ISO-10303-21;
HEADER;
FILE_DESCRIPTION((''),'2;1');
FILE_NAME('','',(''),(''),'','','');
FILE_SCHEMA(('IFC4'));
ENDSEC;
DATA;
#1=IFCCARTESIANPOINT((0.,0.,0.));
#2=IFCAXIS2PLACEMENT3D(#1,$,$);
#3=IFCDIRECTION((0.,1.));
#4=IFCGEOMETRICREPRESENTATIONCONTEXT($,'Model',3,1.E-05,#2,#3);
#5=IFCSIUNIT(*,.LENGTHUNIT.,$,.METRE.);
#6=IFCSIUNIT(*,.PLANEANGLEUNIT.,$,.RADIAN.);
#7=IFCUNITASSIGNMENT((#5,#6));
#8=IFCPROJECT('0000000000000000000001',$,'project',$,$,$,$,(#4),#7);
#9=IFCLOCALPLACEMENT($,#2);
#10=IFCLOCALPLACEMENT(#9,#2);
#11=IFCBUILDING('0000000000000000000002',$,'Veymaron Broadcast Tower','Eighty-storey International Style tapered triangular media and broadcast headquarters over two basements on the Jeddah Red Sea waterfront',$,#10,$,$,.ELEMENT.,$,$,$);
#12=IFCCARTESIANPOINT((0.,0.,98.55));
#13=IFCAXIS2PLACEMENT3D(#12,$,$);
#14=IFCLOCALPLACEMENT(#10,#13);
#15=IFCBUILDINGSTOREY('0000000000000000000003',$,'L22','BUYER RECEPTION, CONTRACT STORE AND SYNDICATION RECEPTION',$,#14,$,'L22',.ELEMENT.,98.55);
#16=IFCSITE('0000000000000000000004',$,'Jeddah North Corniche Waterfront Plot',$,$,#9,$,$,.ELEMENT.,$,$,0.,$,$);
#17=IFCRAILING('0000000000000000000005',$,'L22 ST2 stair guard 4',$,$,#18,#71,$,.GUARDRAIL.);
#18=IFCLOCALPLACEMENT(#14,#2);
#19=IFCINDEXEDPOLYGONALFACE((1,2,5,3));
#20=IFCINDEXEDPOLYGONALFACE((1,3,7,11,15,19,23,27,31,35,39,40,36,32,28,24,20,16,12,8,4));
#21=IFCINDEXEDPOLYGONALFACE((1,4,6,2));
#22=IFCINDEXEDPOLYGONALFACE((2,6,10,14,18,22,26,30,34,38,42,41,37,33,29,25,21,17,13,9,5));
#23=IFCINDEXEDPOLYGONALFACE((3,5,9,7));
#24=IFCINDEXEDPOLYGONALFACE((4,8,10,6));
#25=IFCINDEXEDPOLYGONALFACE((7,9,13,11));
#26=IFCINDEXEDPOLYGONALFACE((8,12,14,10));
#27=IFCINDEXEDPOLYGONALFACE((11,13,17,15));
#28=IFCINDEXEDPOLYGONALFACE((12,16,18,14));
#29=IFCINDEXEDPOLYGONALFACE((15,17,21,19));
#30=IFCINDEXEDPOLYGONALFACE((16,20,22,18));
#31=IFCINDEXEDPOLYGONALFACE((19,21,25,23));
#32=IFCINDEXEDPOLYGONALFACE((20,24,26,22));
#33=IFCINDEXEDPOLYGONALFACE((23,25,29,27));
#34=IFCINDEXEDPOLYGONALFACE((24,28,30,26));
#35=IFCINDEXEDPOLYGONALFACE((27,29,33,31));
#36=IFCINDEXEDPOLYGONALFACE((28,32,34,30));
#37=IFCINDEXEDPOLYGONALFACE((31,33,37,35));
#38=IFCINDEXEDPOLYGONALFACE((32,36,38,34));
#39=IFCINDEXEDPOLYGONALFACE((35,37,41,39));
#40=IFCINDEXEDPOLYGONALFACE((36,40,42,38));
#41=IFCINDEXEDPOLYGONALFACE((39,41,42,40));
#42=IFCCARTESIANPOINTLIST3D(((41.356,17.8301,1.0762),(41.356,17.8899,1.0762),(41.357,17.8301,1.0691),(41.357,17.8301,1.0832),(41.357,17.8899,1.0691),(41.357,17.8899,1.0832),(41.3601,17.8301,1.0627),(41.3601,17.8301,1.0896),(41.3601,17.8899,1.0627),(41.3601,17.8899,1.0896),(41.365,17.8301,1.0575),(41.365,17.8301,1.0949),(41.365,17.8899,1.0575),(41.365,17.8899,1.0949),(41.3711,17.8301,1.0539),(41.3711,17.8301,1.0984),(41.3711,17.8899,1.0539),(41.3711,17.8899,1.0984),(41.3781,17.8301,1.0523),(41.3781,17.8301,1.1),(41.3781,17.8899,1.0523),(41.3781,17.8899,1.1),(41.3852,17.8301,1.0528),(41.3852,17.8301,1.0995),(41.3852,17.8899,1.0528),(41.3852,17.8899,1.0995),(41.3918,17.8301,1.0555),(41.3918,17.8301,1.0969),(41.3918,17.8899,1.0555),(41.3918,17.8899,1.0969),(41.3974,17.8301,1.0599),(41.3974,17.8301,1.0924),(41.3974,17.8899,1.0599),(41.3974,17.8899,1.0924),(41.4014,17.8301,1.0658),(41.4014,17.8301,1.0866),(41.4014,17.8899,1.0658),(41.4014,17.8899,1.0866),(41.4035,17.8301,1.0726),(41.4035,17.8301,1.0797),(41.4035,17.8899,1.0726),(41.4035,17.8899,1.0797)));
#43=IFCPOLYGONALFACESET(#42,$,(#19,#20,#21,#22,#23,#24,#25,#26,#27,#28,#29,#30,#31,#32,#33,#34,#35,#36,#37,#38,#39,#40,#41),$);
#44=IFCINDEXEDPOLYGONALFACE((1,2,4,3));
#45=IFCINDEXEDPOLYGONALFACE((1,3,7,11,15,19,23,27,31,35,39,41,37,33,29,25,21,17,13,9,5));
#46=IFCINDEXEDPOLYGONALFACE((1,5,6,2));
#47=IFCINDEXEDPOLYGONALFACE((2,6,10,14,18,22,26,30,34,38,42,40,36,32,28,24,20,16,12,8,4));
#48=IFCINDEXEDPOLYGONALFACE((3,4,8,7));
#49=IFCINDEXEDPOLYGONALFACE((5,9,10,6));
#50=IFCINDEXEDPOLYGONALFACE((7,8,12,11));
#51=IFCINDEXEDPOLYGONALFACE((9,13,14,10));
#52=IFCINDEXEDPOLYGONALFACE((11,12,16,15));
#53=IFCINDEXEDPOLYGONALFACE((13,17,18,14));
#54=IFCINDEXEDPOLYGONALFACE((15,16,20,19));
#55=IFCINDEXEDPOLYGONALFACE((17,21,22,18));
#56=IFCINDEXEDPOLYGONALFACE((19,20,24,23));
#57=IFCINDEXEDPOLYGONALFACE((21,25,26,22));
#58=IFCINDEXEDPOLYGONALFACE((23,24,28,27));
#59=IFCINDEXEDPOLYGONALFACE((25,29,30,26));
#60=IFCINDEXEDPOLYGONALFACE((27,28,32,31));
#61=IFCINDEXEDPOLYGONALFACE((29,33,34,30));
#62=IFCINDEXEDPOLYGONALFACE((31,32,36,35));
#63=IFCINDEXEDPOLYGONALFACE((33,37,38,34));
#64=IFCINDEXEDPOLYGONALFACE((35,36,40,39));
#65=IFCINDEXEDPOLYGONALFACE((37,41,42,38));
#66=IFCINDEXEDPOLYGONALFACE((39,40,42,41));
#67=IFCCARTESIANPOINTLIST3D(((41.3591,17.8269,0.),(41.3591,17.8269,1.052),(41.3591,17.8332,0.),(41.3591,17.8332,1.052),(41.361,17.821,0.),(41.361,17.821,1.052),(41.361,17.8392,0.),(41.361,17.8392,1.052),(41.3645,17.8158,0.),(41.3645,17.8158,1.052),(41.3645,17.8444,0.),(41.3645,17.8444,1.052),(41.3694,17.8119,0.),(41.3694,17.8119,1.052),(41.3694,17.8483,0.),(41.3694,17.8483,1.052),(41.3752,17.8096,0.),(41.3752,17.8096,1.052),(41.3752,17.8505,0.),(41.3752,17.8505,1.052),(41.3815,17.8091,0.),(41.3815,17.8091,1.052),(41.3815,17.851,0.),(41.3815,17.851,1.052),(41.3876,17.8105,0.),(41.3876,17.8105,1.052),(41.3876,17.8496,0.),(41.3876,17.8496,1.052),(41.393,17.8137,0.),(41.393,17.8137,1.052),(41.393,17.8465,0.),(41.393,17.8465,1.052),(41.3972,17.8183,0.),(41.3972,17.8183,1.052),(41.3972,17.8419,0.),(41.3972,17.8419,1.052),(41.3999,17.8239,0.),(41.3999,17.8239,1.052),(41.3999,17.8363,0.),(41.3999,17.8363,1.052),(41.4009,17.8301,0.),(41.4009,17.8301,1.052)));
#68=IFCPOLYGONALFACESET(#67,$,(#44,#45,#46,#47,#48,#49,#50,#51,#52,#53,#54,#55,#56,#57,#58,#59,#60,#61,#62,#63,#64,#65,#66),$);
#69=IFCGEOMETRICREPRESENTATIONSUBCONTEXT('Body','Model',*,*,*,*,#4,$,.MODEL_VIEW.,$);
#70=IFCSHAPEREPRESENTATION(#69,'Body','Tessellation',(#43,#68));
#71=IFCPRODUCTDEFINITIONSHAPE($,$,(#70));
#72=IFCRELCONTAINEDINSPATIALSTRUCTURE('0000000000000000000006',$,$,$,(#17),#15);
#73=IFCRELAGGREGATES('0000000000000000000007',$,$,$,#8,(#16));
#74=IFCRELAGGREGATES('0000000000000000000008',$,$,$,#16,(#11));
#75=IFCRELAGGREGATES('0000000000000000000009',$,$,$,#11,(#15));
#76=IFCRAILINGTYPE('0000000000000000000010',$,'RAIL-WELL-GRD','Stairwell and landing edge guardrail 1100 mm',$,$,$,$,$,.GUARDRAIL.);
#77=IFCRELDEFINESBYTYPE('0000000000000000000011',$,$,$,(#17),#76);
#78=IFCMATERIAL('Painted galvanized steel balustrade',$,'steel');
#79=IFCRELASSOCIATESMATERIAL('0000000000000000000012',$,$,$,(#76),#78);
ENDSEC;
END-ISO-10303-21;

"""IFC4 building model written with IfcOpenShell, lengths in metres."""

from ifc_helpers import new_model, si_unit, direction, frame, origin, origin_2d, place, context, subcontext, project, spatial, circle, extrude, material, type_object, element, save


model = new_model("IFC4")

# Units and contexts
model_context = context("Model", 3, precision=1e-05, world=origin(), true_north=direction((0.0, 1.0)))
body_context = subcontext(model_context, "Body", "Model", "MODEL_VIEW")
ifc_project = project(units=[si_unit("LENGTHUNIT", "METRE"), si_unit("PLANEANGLEUNIT", "RADIAN")], contexts=[model_context])

# Site, building, storey
site_placement = place(None, origin())
site = spatial("IfcSite", under=ifc_project, at=site_placement, Name="Jeddah North Corniche Waterfront Plot", CompositionType="ELEMENT", RefElevation=0.0)
building_placement = place(site_placement, origin())
building = spatial("IfcBuilding", under=site, at=building_placement, Name="Veymaron Broadcast Tower", Description="Eighty-storey International Style tapered triangular media and broadcast headquarters over two basements on the Jeddah Red Sea waterfront", CompositionType="ELEMENT")
storey_placement = place(building_placement, frame((0.0, 0.0, 98.55)))
storey = spatial("IfcBuildingStorey", under=building, at=storey_placement, Name="L22", Description="BUYER RECEPTION, CONTRACT STORE AND SYNDICATION RECEPTION", LongName="L22", CompositionType="ELEMENT", Elevation=98.55)

# Railing
ifc_material_1 = material(Name="Painted galvanized steel balustrade", Category="steel")
railing_type_1 = type_object("IfcRailingType", Name="RAIL-WELL-GRD", Description="Stairwell and landing edge guardrail 1100 mm", PredefinedType="GUARDRAIL", material=ifc_material_1)
railing_1_placement = place(storey_placement, frame((41.3799, 17.8301, 0.0)))
element("IfcRailing", 1, at=railing_1_placement, inside=storey, type_object=railing_type_1, Name="L22 ST2 stair guard 4", PredefinedType="GUARDRAIL", context=body_context, shape_type="SweptSolid", body=[
    extrude(circle(Radius=0.0239, at=origin_2d()), frame((0.0, 0.0, 1.0762), z_axis=(0.0, 1.0, 0.0), x_axis=(-1.0, 0.0, 0.0)), (0.0, 0.0, 1.0), 0.0598),
    extrude(circle(Radius=0.021, at=origin_2d()), origin(), (0.0, 0.0, 1.0), 1.052),
])

save(model, "model.ifc")
